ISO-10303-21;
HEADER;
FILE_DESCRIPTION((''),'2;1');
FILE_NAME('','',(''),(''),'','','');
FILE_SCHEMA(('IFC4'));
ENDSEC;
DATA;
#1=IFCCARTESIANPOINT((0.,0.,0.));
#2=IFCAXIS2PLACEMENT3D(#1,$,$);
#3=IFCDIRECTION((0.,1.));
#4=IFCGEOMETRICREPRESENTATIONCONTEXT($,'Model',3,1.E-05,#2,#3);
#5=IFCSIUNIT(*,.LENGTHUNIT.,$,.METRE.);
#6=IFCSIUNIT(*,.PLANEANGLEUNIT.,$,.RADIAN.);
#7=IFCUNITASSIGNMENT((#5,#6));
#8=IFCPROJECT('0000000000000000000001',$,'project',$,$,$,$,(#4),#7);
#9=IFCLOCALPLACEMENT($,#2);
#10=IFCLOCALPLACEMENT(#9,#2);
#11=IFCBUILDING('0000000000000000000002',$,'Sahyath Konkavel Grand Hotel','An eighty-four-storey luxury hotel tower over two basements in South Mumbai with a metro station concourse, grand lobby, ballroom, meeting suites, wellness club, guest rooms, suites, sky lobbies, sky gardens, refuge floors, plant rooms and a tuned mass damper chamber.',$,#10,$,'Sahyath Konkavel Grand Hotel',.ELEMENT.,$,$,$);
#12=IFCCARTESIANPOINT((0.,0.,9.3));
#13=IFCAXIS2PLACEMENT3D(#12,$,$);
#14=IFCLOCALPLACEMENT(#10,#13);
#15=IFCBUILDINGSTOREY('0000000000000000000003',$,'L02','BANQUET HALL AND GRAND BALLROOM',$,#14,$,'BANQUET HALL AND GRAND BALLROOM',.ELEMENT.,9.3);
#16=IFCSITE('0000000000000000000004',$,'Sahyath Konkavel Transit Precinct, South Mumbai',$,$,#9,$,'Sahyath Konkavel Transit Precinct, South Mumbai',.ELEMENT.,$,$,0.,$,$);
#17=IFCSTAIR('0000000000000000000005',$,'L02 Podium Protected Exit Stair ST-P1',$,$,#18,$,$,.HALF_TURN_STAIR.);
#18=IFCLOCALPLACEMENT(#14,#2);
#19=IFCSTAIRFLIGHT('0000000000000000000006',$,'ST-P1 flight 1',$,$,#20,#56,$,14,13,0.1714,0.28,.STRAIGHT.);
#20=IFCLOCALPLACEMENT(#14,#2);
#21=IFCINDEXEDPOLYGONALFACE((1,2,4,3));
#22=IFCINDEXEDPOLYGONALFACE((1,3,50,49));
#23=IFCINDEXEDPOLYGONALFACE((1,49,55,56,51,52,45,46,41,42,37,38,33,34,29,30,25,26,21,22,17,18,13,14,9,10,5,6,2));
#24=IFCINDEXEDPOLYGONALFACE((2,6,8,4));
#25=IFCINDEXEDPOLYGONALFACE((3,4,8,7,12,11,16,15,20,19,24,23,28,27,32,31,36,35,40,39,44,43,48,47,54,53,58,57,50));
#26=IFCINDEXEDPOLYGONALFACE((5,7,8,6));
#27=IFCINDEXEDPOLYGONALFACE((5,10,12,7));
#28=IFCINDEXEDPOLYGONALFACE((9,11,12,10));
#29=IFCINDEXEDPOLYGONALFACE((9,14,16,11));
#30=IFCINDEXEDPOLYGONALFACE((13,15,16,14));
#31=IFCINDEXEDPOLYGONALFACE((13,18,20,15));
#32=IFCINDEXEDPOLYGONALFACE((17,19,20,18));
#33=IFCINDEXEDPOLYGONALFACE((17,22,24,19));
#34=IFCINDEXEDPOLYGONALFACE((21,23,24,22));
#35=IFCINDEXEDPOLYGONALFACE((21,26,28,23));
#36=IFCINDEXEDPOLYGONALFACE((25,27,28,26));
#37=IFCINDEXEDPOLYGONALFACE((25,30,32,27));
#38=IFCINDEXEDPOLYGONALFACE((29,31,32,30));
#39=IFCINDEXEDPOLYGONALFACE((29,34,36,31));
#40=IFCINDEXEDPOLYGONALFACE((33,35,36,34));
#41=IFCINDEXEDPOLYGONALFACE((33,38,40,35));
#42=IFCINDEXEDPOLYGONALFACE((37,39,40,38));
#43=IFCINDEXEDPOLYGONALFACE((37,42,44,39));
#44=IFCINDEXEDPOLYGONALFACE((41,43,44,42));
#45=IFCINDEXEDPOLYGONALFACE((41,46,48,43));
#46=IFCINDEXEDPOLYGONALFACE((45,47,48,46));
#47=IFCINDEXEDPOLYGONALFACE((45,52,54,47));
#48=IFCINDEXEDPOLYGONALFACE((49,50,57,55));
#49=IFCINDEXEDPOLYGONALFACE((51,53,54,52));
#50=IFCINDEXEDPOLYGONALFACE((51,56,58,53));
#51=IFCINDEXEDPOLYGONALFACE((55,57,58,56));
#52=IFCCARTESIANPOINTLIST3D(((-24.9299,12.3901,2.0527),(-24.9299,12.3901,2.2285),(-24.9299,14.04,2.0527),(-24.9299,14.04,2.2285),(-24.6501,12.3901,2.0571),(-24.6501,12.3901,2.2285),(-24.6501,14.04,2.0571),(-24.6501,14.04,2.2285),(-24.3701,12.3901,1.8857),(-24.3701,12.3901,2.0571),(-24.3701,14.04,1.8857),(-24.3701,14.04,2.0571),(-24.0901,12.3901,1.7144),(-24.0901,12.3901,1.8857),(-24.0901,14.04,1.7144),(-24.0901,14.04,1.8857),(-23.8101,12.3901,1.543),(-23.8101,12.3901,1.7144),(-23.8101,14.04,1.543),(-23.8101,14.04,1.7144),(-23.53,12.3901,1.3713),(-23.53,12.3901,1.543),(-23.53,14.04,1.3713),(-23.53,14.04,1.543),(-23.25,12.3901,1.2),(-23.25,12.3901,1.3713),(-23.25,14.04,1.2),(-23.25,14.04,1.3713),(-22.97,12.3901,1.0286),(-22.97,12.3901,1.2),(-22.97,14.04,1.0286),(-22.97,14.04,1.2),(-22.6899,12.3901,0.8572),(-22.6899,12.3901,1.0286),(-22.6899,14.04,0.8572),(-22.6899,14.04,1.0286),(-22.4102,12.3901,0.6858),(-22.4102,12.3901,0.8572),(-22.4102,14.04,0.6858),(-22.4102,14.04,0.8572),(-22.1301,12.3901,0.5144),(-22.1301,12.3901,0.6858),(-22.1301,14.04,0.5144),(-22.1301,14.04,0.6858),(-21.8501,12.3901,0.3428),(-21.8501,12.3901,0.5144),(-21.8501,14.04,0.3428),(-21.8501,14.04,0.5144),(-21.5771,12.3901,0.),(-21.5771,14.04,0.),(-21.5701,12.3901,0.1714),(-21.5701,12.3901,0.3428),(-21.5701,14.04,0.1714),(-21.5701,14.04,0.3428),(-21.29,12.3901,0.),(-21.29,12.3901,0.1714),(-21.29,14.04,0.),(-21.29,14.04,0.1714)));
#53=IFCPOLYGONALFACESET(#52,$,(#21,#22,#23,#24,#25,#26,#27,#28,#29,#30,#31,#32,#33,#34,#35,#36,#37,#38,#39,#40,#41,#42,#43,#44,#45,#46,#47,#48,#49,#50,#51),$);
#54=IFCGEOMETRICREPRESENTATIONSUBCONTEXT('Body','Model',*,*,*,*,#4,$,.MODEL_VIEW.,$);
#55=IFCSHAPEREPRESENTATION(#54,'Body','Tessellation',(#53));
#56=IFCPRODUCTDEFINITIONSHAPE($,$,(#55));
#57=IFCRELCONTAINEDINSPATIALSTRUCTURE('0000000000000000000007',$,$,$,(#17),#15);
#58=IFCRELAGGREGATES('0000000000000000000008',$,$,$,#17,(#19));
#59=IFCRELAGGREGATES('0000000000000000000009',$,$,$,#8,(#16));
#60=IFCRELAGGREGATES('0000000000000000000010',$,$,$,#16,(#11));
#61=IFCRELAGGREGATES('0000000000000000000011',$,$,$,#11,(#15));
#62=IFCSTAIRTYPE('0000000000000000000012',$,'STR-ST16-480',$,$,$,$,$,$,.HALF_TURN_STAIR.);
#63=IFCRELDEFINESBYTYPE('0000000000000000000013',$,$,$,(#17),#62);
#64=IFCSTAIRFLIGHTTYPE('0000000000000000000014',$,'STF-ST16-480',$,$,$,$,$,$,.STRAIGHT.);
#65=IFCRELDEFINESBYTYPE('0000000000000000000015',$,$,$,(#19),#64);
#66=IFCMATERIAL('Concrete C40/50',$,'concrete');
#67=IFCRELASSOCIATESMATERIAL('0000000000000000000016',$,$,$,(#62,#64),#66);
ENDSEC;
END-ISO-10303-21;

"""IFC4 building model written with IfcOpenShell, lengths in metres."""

from ifc_helpers import new_model, si_unit, direction, frame, origin, place, context, subcontext, project, spatial, polyline, outline, extrude, material, type_object, element, aggregate, save


model = new_model("IFC4")

# Units and contexts
model_context = context("Model", 3, precision=1e-05, world=origin(), true_north=direction((0.0, 1.0)))
body_context = subcontext(model_context, "Body", "Model", "MODEL_VIEW")
ifc_project = project(units=[si_unit("LENGTHUNIT", "METRE"), si_unit("PLANEANGLEUNIT", "RADIAN")], contexts=[model_context])

# Site, building, storey
site_placement = place(None, origin())
site = spatial("IfcSite", under=ifc_project, at=site_placement, Name="Sahyath Konkavel Transit Precinct, South Mumbai", LongName="Sahyath Konkavel Transit Precinct, South Mumbai", CompositionType="ELEMENT", RefElevation=0.0)
building_placement = place(site_placement, origin())
building = spatial("IfcBuilding", under=site, at=building_placement, Name="Sahyath Konkavel Grand Hotel", Description="An eighty-four-storey luxury hotel tower over two basements in South Mumbai with a metro station concourse, grand lobby, ballroom, meeting suites, wellness club, guest rooms, suites, sky lobbies, sky gardens, refuge floors, plant rooms and a tuned mass damper chamber.", LongName="Sahyath Konkavel Grand Hotel", CompositionType="ELEMENT")
storey_placement = place(building_placement, frame((0.0, 0.0, 9.3)))
storey = spatial("IfcBuildingStorey", under=building, at=storey_placement, Name="L02", Description="BANQUET HALL AND GRAND BALLROOM", LongName="BANQUET HALL AND GRAND BALLROOM", CompositionType="ELEMENT", Elevation=9.3)

# Shared definitions
ifc_material_1 = material(Name="Concrete C40/50", Category="concrete")

# Stair, stair flight
stair_type = type_object("IfcStairType", Name="STR-ST16-480", PredefinedType="HALF_TURN_STAIR", material=ifc_material_1)
stair_placement = place(storey_placement, origin())
stair = element("IfcStair", 1, at=stair_placement, inside=storey, type_object=stair_type, Name="L02 Podium Protected Exit Stair ST-P1", PredefinedType="HALF_TURN_STAIR")
stair_flight_type = type_object("IfcStairFlightType", Name="STF-ST16-480", PredefinedType="STRAIGHT", material=ifc_material_1)
stair_flight_placement = place(storey_placement, frame((-21.29, 13.2151, 0.0), z_axis=(0.0, 0.0, 1.0), x_axis=(-1.0, 0.0, 0.0)))
stair_flight = element("IfcStairFlight", 2, at=stair_flight_placement, type_object=stair_flight_type, Name="ST-P1 flight 1", NumberOfRisers=14, NumberOfTreads=13, PredefinedType="STRAIGHT", RiserHeight=0.1714, TreadLength=0.28, context=body_context, shape_type="SweptSolid", body=[
    extrude(outline(polyline([(0.0, 0.0), (0.0, 0.1714), (0.28, 0.1714), (0.28, 0.3428), (0.5601, 0.3428), (0.5601, 0.5144), (0.8401, 0.5144), (0.8401, 0.6858), (1.1201, 0.6858), (1.1201, 0.8572), (1.3999, 0.8572), (1.3999, 1.0286), (1.6799, 1.0286), (1.6799, 1.2), (1.96, 1.2), (1.96, 1.3713), (2.24, 1.3713), (2.24, 1.543), (2.52, 1.543), (2.52, 1.7144), (2.8, 1.7144), (2.8, 1.8857), (3.0801, 1.8857), (3.0801, 2.0571), (3.3601, 2.0571), (3.3601, 2.2285), (3.6399, 2.2285), (3.6399, 2.3999), (3.6399, 2.0527), (0.2871, 0.0), (0.0, 0.0)])), frame((0.0, 0.825, 0.0), z_axis=(0.0, -1.0, 0.0), x_axis=(1.0, 0.0, 0.0)), (0.0, 0.0, 1.0), 1.6499),
])
aggregate(stair, [stair_flight])

save(model, "model.ifc")
